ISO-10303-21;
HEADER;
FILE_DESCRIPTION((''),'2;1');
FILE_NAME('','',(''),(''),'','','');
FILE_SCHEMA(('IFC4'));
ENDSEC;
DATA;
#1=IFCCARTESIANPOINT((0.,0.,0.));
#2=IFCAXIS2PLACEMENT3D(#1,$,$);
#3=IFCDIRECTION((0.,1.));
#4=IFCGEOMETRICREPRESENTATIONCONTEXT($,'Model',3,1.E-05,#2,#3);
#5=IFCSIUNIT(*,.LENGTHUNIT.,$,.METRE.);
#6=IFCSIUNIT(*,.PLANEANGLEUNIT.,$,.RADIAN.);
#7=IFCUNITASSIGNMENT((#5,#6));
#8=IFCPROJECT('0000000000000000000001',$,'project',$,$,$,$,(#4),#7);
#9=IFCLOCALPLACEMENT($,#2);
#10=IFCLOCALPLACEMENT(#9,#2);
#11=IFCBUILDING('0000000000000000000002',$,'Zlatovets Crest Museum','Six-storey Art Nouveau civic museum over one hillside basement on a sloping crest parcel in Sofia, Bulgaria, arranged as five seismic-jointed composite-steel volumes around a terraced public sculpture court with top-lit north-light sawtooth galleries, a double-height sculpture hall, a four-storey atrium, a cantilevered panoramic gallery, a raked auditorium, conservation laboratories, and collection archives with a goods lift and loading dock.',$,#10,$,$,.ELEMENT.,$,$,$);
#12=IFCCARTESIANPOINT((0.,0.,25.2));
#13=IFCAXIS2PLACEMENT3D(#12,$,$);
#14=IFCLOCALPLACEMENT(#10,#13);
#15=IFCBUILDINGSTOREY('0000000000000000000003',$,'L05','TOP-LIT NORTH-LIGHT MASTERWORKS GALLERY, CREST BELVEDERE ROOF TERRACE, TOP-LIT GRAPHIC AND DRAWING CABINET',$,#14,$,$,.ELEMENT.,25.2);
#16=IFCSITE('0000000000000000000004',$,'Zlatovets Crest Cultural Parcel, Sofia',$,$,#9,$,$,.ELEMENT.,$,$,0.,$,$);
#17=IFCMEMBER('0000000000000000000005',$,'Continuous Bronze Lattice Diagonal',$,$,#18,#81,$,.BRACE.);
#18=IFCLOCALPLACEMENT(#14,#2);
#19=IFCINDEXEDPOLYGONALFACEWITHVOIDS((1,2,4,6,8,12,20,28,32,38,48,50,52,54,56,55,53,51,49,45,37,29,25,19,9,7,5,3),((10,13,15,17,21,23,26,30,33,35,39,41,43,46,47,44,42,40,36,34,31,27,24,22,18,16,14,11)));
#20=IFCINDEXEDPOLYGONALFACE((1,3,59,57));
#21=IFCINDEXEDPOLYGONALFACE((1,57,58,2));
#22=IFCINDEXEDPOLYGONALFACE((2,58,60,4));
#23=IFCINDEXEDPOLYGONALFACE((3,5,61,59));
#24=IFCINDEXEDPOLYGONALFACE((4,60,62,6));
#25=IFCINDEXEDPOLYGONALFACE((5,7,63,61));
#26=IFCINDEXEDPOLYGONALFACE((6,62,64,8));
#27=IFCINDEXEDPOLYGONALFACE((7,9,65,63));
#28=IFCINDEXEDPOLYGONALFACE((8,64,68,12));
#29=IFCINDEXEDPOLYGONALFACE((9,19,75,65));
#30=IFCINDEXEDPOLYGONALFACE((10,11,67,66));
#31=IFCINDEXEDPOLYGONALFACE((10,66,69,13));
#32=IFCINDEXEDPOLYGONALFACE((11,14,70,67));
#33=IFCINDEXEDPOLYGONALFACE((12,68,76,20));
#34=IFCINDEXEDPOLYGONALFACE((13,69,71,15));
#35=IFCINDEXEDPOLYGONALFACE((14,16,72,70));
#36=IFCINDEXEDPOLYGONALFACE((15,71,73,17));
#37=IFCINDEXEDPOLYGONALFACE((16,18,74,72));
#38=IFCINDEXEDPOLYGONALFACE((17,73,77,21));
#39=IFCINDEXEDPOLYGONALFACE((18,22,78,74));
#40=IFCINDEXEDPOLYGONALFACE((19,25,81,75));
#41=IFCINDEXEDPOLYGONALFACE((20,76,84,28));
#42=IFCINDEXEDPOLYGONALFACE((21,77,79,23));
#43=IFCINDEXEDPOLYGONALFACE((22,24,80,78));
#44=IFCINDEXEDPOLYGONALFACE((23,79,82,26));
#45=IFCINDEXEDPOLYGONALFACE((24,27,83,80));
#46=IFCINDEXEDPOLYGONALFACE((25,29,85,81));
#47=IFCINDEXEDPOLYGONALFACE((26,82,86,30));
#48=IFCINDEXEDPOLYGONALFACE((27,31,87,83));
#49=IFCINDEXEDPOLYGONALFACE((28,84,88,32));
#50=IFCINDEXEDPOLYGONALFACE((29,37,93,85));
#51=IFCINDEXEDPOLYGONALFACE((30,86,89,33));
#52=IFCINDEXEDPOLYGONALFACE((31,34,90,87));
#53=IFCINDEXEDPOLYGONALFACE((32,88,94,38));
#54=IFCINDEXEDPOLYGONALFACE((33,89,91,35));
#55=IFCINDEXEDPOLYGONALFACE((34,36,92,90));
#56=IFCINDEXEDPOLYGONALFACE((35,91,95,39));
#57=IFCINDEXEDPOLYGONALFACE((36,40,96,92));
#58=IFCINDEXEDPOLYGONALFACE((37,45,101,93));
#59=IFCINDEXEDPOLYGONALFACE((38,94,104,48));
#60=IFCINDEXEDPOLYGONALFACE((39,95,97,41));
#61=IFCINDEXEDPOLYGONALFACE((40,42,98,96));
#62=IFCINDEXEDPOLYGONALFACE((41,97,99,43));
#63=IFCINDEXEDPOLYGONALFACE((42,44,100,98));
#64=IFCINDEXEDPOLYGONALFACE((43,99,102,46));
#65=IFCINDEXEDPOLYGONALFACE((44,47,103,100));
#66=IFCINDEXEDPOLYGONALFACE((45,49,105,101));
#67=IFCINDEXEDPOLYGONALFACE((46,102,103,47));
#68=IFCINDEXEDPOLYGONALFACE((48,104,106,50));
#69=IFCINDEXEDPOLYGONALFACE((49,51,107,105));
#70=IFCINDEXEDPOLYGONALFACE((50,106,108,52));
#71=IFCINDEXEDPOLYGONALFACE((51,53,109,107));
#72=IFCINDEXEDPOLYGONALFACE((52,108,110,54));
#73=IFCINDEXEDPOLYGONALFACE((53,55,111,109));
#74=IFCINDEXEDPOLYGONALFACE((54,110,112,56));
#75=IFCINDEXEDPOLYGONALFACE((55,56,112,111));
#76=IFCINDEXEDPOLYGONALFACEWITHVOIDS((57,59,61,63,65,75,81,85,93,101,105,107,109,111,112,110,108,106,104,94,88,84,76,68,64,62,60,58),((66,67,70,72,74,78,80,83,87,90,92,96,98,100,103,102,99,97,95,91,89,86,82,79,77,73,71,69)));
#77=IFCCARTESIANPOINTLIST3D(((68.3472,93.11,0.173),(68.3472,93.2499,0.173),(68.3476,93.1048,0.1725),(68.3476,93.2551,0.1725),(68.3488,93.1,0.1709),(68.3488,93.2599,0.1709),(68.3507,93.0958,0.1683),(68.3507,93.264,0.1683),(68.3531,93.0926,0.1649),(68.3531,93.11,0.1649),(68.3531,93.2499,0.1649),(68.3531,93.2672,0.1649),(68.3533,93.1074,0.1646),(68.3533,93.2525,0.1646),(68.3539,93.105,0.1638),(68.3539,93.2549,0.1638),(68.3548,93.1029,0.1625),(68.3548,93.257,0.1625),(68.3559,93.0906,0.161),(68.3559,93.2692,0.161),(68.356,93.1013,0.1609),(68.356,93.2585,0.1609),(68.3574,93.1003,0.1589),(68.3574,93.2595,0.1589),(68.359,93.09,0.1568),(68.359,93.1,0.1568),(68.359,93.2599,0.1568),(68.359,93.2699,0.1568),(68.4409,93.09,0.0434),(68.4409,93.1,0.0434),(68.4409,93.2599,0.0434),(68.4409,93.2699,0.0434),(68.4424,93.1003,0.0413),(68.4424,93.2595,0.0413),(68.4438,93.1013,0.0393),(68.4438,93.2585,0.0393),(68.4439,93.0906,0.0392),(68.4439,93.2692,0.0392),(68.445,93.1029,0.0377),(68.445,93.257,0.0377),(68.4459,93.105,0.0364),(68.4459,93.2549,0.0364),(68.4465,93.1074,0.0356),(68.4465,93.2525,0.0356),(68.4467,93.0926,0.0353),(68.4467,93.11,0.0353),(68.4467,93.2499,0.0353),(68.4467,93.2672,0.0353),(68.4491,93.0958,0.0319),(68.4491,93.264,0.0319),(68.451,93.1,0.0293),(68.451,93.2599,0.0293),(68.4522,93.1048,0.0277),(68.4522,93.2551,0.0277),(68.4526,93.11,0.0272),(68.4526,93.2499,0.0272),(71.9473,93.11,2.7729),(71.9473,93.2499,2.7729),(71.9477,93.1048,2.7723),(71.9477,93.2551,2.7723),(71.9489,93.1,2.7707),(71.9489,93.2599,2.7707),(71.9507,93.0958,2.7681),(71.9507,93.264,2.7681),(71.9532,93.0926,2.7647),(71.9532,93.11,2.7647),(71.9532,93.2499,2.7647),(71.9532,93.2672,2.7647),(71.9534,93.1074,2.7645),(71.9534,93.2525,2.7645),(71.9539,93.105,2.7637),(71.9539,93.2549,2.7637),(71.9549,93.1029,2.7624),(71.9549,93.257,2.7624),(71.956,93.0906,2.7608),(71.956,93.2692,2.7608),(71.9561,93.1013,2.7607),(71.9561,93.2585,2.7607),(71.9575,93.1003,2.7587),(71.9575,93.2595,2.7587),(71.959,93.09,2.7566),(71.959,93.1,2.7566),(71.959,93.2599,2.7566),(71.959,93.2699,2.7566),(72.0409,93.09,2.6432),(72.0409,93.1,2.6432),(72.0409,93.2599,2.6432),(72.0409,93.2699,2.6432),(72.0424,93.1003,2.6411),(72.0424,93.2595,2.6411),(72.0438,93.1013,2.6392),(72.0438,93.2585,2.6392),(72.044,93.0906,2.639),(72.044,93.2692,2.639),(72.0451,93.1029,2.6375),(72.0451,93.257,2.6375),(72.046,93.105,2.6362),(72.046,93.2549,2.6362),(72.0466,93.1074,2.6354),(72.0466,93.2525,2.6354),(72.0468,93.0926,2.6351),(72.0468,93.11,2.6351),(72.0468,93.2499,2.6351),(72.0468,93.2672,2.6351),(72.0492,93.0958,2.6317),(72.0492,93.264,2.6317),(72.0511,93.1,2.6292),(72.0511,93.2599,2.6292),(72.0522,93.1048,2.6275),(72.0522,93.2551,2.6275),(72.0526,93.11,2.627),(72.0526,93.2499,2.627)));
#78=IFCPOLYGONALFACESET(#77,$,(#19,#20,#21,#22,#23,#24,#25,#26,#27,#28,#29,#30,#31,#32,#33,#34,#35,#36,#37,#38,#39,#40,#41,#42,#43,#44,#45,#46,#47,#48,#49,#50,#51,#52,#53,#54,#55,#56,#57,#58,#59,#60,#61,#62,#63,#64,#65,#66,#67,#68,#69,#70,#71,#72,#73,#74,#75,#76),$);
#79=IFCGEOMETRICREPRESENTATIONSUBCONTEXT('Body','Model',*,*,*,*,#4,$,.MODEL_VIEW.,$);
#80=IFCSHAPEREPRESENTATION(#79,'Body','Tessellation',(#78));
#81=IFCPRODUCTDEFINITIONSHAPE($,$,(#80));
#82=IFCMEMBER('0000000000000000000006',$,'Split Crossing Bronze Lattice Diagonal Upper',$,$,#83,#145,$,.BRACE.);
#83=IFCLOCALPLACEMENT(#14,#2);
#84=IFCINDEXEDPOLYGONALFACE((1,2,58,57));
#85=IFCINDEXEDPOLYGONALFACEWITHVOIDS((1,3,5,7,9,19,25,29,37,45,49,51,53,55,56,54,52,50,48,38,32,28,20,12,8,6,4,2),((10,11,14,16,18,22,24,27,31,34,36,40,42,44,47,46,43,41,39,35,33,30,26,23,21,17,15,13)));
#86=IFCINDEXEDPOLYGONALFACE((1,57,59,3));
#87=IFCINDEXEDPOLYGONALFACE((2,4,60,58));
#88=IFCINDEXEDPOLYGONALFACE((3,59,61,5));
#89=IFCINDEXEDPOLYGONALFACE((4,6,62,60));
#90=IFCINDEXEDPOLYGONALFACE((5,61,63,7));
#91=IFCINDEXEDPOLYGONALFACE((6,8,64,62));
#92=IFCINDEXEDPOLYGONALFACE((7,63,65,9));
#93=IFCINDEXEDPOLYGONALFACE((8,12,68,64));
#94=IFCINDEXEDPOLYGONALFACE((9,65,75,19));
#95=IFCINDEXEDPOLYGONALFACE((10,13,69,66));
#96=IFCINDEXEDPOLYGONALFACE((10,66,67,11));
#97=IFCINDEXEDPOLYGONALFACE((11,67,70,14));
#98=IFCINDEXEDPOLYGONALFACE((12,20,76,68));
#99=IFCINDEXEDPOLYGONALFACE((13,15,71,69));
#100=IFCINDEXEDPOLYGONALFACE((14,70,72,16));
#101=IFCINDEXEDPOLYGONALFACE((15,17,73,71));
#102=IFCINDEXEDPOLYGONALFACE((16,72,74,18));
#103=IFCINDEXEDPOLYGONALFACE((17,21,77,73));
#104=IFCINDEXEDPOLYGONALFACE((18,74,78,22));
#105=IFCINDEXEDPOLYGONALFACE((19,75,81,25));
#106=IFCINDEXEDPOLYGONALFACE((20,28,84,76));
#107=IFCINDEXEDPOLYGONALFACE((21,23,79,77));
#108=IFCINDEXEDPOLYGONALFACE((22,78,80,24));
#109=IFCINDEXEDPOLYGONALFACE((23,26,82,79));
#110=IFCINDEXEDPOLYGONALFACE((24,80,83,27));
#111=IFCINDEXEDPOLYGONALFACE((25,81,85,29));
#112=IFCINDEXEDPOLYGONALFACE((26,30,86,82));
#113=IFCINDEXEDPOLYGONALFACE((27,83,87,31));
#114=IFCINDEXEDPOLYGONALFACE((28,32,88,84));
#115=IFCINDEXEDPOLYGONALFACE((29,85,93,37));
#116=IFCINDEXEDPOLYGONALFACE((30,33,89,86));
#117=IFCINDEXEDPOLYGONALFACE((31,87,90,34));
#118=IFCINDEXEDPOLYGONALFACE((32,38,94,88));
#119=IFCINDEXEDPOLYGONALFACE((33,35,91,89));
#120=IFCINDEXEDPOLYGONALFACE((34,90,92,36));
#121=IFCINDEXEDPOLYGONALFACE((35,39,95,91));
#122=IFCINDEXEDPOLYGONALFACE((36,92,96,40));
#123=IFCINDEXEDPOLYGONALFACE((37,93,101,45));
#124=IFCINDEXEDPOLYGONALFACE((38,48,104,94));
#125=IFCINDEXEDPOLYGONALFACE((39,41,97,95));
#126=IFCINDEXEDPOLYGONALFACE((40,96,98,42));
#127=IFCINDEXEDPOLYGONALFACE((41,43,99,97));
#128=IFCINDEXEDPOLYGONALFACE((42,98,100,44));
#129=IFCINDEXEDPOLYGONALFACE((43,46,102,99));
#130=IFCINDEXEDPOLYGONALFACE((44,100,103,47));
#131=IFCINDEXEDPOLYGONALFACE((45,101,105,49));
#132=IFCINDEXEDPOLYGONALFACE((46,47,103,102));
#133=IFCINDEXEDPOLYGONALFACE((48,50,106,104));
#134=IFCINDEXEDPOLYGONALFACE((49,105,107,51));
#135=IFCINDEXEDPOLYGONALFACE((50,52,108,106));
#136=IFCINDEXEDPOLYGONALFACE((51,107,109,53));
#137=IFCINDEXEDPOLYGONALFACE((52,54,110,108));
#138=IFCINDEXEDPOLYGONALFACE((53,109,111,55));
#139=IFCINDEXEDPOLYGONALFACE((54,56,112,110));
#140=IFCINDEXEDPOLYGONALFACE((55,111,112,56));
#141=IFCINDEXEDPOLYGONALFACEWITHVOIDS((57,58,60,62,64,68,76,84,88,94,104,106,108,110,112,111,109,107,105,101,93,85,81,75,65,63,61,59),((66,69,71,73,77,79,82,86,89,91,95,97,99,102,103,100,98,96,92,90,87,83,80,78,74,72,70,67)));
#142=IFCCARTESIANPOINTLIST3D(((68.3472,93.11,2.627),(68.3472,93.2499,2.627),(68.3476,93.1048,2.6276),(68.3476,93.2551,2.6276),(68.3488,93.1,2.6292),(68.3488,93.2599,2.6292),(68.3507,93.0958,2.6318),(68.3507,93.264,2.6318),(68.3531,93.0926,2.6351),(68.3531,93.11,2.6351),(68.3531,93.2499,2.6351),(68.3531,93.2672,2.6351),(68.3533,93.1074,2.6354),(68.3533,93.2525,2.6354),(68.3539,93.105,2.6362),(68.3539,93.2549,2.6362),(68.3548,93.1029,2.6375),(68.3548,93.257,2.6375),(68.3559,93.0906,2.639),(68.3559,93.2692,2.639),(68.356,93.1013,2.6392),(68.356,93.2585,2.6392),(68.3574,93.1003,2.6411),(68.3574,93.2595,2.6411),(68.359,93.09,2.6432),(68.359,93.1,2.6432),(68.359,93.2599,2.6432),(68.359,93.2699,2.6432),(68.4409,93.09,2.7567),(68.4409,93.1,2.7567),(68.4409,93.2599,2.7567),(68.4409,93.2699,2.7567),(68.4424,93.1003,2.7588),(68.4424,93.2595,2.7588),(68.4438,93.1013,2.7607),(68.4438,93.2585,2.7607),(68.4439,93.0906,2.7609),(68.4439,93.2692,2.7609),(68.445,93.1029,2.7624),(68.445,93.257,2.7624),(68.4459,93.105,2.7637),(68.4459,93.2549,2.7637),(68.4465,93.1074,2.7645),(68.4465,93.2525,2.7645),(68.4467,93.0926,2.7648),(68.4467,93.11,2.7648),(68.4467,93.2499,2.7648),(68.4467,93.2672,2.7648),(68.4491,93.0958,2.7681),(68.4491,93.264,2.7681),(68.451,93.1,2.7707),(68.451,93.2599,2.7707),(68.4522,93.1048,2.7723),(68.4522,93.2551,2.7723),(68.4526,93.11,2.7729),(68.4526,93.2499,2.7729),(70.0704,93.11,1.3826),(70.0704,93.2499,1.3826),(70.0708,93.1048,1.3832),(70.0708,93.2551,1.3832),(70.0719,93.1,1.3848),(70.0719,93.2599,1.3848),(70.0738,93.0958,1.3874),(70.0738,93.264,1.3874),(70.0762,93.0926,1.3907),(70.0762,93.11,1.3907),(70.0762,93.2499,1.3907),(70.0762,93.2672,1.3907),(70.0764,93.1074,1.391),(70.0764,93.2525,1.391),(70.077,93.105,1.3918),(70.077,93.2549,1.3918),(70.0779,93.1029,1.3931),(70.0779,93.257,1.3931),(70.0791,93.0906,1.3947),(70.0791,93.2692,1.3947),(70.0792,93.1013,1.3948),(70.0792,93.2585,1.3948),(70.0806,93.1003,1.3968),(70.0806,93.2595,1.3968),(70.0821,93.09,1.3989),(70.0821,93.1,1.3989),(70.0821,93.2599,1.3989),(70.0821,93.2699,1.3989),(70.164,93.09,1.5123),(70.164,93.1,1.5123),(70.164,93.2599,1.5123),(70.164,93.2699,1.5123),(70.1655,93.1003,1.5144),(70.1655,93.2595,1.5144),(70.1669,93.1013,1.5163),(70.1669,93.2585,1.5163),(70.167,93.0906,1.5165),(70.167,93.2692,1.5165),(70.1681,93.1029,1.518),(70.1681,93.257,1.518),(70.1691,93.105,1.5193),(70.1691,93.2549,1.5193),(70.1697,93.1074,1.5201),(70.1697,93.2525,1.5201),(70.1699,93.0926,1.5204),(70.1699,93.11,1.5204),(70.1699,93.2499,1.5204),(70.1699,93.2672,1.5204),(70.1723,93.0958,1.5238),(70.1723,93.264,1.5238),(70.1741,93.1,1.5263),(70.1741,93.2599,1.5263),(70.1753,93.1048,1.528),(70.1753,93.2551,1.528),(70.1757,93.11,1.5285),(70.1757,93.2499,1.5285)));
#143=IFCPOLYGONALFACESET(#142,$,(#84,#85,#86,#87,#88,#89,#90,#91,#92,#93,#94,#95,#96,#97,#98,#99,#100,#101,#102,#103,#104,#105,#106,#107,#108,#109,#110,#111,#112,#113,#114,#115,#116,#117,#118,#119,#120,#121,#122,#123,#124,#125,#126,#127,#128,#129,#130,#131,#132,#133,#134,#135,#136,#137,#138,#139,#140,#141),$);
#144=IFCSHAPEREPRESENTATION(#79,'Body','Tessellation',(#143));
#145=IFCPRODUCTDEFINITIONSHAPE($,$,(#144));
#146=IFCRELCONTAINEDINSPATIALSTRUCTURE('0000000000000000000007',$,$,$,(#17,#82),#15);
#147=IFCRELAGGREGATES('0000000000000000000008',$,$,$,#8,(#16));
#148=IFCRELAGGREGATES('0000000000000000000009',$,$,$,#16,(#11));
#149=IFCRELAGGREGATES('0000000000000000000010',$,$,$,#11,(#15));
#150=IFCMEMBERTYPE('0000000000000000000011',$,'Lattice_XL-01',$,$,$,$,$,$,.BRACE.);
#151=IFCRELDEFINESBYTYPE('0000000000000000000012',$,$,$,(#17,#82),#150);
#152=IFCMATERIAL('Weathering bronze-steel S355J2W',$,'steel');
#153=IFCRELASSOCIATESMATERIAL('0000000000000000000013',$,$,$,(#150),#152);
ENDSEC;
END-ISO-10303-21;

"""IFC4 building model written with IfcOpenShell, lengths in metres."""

from ifc_helpers import new_model, si_unit, direction, frame, origin, origin_2d, place, context, subcontext, project, spatial, hollow_rectangle, extrude, material, material_profile, profile_set, type_object, element, save


model = new_model("IFC4")

# Units and contexts
model_context = context("Model", 3, precision=1e-05, world=origin(), true_north=direction((0.0, 1.0)))
body_context = subcontext(model_context, "Body", "Model", "MODEL_VIEW")
ifc_project = project(units=[si_unit("LENGTHUNIT", "METRE"), si_unit("PLANEANGLEUNIT", "RADIAN")], contexts=[model_context])

# Site, building, storey
site_placement = place(None, origin())
site = spatial("IfcSite", under=ifc_project, at=site_placement, Name="Zlatovets Crest Cultural Parcel, Sofia", CompositionType="ELEMENT", RefElevation=0.0)
building_placement = place(site_placement, origin())
building = spatial("IfcBuilding", under=site, at=building_placement, Name="Zlatovets Crest Museum", Description="Six-storey Art Nouveau civic museum over one hillside basement on a sloping crest parcel in Sofia, Bulgaria, arranged as five seismic-jointed composite-steel volumes around a terraced public sculpture court with top-lit north-light sawtooth galleries, a double-height sculpture hall, a four-storey atrium, a cantilevered panoramic gallery, a raked auditorium, conservation laboratories, and collection archives with a goods lift and loading dock.", CompositionType="ELEMENT")
storey_placement = place(building_placement, frame((0.0, 0.0, 25.2)))
storey = spatial("IfcBuildingStorey", under=building, at=storey_placement, Name="L05", Description="TOP-LIT NORTH-LIGHT MASTERWORKS GALLERY, CREST BELVEDERE ROOF TERRACE, TOP-LIT GRAPHIC AND DRAWING CABINET", CompositionType="ELEMENT", Elevation=25.2)

# Members
ifc_material_1 = material(Name="Weathering bronze-steel S355J2W", Category="steel")
ifc_material_profile_1 = material_profile(ifc_material_1, hollow_rectangle(XDim=0.1799, YDim=0.1799, WallThickness=0.01, InnerFilletRadius=0.01, OuterFilletRadius=0.02, at=origin_2d()), Name="SHS 180x180x10.0")
ifc_profile_set_1 = profile_set([ifc_material_profile_1], Name="Weathering bronze-steel S355J2W")
member_type = type_object("IfcMemberType", Name="Lattice_XL-01", PredefinedType="BRACE", material=ifc_profile_set_1)
member_1_placement = place(storey_placement, frame((68.3999, 93.1799, 0.1001), z_axis=(0.810702, 0.0, 0.585458), x_axis=(0.0, 1.0, 0.0)))
element("IfcMember", 1, at=member_1_placement, inside=storey, type_object=member_type, Name="Continuous Bronze Lattice Diagonal", PredefinedType="BRACE", context=body_context, shape_type="SweptSolid", body=[
    extrude(hollow_rectangle(XDim=0.1799, YDim=0.1799, WallThickness=0.01, InnerFilletRadius=0.01, OuterFilletRadius=0.02, at=origin_2d()), origin(), (0.0, 0.0, 1.0), 4.4407),
])
member_2_placement = place(storey_placement, frame((68.3999, 93.1799, 2.7), z_axis=(0.810703, 0.0, -0.585457), x_axis=(0.0, 1.0, 0.0)))
element("IfcMember", 2, at=member_2_placement, inside=storey, type_object=member_type, Name="Split Crossing Bronze Lattice Diagonal Upper", PredefinedType="BRACE", context=body_context, shape_type="SweptSolid", body=[
    extrude(hollow_rectangle(XDim=0.1799, YDim=0.1799, WallThickness=0.01, InnerFilletRadius=0.01, OuterFilletRadius=0.02, at=origin_2d()), origin(), (0.0, 0.0, 1.0), 2.1255),
])

save(model, "model.ifc")
